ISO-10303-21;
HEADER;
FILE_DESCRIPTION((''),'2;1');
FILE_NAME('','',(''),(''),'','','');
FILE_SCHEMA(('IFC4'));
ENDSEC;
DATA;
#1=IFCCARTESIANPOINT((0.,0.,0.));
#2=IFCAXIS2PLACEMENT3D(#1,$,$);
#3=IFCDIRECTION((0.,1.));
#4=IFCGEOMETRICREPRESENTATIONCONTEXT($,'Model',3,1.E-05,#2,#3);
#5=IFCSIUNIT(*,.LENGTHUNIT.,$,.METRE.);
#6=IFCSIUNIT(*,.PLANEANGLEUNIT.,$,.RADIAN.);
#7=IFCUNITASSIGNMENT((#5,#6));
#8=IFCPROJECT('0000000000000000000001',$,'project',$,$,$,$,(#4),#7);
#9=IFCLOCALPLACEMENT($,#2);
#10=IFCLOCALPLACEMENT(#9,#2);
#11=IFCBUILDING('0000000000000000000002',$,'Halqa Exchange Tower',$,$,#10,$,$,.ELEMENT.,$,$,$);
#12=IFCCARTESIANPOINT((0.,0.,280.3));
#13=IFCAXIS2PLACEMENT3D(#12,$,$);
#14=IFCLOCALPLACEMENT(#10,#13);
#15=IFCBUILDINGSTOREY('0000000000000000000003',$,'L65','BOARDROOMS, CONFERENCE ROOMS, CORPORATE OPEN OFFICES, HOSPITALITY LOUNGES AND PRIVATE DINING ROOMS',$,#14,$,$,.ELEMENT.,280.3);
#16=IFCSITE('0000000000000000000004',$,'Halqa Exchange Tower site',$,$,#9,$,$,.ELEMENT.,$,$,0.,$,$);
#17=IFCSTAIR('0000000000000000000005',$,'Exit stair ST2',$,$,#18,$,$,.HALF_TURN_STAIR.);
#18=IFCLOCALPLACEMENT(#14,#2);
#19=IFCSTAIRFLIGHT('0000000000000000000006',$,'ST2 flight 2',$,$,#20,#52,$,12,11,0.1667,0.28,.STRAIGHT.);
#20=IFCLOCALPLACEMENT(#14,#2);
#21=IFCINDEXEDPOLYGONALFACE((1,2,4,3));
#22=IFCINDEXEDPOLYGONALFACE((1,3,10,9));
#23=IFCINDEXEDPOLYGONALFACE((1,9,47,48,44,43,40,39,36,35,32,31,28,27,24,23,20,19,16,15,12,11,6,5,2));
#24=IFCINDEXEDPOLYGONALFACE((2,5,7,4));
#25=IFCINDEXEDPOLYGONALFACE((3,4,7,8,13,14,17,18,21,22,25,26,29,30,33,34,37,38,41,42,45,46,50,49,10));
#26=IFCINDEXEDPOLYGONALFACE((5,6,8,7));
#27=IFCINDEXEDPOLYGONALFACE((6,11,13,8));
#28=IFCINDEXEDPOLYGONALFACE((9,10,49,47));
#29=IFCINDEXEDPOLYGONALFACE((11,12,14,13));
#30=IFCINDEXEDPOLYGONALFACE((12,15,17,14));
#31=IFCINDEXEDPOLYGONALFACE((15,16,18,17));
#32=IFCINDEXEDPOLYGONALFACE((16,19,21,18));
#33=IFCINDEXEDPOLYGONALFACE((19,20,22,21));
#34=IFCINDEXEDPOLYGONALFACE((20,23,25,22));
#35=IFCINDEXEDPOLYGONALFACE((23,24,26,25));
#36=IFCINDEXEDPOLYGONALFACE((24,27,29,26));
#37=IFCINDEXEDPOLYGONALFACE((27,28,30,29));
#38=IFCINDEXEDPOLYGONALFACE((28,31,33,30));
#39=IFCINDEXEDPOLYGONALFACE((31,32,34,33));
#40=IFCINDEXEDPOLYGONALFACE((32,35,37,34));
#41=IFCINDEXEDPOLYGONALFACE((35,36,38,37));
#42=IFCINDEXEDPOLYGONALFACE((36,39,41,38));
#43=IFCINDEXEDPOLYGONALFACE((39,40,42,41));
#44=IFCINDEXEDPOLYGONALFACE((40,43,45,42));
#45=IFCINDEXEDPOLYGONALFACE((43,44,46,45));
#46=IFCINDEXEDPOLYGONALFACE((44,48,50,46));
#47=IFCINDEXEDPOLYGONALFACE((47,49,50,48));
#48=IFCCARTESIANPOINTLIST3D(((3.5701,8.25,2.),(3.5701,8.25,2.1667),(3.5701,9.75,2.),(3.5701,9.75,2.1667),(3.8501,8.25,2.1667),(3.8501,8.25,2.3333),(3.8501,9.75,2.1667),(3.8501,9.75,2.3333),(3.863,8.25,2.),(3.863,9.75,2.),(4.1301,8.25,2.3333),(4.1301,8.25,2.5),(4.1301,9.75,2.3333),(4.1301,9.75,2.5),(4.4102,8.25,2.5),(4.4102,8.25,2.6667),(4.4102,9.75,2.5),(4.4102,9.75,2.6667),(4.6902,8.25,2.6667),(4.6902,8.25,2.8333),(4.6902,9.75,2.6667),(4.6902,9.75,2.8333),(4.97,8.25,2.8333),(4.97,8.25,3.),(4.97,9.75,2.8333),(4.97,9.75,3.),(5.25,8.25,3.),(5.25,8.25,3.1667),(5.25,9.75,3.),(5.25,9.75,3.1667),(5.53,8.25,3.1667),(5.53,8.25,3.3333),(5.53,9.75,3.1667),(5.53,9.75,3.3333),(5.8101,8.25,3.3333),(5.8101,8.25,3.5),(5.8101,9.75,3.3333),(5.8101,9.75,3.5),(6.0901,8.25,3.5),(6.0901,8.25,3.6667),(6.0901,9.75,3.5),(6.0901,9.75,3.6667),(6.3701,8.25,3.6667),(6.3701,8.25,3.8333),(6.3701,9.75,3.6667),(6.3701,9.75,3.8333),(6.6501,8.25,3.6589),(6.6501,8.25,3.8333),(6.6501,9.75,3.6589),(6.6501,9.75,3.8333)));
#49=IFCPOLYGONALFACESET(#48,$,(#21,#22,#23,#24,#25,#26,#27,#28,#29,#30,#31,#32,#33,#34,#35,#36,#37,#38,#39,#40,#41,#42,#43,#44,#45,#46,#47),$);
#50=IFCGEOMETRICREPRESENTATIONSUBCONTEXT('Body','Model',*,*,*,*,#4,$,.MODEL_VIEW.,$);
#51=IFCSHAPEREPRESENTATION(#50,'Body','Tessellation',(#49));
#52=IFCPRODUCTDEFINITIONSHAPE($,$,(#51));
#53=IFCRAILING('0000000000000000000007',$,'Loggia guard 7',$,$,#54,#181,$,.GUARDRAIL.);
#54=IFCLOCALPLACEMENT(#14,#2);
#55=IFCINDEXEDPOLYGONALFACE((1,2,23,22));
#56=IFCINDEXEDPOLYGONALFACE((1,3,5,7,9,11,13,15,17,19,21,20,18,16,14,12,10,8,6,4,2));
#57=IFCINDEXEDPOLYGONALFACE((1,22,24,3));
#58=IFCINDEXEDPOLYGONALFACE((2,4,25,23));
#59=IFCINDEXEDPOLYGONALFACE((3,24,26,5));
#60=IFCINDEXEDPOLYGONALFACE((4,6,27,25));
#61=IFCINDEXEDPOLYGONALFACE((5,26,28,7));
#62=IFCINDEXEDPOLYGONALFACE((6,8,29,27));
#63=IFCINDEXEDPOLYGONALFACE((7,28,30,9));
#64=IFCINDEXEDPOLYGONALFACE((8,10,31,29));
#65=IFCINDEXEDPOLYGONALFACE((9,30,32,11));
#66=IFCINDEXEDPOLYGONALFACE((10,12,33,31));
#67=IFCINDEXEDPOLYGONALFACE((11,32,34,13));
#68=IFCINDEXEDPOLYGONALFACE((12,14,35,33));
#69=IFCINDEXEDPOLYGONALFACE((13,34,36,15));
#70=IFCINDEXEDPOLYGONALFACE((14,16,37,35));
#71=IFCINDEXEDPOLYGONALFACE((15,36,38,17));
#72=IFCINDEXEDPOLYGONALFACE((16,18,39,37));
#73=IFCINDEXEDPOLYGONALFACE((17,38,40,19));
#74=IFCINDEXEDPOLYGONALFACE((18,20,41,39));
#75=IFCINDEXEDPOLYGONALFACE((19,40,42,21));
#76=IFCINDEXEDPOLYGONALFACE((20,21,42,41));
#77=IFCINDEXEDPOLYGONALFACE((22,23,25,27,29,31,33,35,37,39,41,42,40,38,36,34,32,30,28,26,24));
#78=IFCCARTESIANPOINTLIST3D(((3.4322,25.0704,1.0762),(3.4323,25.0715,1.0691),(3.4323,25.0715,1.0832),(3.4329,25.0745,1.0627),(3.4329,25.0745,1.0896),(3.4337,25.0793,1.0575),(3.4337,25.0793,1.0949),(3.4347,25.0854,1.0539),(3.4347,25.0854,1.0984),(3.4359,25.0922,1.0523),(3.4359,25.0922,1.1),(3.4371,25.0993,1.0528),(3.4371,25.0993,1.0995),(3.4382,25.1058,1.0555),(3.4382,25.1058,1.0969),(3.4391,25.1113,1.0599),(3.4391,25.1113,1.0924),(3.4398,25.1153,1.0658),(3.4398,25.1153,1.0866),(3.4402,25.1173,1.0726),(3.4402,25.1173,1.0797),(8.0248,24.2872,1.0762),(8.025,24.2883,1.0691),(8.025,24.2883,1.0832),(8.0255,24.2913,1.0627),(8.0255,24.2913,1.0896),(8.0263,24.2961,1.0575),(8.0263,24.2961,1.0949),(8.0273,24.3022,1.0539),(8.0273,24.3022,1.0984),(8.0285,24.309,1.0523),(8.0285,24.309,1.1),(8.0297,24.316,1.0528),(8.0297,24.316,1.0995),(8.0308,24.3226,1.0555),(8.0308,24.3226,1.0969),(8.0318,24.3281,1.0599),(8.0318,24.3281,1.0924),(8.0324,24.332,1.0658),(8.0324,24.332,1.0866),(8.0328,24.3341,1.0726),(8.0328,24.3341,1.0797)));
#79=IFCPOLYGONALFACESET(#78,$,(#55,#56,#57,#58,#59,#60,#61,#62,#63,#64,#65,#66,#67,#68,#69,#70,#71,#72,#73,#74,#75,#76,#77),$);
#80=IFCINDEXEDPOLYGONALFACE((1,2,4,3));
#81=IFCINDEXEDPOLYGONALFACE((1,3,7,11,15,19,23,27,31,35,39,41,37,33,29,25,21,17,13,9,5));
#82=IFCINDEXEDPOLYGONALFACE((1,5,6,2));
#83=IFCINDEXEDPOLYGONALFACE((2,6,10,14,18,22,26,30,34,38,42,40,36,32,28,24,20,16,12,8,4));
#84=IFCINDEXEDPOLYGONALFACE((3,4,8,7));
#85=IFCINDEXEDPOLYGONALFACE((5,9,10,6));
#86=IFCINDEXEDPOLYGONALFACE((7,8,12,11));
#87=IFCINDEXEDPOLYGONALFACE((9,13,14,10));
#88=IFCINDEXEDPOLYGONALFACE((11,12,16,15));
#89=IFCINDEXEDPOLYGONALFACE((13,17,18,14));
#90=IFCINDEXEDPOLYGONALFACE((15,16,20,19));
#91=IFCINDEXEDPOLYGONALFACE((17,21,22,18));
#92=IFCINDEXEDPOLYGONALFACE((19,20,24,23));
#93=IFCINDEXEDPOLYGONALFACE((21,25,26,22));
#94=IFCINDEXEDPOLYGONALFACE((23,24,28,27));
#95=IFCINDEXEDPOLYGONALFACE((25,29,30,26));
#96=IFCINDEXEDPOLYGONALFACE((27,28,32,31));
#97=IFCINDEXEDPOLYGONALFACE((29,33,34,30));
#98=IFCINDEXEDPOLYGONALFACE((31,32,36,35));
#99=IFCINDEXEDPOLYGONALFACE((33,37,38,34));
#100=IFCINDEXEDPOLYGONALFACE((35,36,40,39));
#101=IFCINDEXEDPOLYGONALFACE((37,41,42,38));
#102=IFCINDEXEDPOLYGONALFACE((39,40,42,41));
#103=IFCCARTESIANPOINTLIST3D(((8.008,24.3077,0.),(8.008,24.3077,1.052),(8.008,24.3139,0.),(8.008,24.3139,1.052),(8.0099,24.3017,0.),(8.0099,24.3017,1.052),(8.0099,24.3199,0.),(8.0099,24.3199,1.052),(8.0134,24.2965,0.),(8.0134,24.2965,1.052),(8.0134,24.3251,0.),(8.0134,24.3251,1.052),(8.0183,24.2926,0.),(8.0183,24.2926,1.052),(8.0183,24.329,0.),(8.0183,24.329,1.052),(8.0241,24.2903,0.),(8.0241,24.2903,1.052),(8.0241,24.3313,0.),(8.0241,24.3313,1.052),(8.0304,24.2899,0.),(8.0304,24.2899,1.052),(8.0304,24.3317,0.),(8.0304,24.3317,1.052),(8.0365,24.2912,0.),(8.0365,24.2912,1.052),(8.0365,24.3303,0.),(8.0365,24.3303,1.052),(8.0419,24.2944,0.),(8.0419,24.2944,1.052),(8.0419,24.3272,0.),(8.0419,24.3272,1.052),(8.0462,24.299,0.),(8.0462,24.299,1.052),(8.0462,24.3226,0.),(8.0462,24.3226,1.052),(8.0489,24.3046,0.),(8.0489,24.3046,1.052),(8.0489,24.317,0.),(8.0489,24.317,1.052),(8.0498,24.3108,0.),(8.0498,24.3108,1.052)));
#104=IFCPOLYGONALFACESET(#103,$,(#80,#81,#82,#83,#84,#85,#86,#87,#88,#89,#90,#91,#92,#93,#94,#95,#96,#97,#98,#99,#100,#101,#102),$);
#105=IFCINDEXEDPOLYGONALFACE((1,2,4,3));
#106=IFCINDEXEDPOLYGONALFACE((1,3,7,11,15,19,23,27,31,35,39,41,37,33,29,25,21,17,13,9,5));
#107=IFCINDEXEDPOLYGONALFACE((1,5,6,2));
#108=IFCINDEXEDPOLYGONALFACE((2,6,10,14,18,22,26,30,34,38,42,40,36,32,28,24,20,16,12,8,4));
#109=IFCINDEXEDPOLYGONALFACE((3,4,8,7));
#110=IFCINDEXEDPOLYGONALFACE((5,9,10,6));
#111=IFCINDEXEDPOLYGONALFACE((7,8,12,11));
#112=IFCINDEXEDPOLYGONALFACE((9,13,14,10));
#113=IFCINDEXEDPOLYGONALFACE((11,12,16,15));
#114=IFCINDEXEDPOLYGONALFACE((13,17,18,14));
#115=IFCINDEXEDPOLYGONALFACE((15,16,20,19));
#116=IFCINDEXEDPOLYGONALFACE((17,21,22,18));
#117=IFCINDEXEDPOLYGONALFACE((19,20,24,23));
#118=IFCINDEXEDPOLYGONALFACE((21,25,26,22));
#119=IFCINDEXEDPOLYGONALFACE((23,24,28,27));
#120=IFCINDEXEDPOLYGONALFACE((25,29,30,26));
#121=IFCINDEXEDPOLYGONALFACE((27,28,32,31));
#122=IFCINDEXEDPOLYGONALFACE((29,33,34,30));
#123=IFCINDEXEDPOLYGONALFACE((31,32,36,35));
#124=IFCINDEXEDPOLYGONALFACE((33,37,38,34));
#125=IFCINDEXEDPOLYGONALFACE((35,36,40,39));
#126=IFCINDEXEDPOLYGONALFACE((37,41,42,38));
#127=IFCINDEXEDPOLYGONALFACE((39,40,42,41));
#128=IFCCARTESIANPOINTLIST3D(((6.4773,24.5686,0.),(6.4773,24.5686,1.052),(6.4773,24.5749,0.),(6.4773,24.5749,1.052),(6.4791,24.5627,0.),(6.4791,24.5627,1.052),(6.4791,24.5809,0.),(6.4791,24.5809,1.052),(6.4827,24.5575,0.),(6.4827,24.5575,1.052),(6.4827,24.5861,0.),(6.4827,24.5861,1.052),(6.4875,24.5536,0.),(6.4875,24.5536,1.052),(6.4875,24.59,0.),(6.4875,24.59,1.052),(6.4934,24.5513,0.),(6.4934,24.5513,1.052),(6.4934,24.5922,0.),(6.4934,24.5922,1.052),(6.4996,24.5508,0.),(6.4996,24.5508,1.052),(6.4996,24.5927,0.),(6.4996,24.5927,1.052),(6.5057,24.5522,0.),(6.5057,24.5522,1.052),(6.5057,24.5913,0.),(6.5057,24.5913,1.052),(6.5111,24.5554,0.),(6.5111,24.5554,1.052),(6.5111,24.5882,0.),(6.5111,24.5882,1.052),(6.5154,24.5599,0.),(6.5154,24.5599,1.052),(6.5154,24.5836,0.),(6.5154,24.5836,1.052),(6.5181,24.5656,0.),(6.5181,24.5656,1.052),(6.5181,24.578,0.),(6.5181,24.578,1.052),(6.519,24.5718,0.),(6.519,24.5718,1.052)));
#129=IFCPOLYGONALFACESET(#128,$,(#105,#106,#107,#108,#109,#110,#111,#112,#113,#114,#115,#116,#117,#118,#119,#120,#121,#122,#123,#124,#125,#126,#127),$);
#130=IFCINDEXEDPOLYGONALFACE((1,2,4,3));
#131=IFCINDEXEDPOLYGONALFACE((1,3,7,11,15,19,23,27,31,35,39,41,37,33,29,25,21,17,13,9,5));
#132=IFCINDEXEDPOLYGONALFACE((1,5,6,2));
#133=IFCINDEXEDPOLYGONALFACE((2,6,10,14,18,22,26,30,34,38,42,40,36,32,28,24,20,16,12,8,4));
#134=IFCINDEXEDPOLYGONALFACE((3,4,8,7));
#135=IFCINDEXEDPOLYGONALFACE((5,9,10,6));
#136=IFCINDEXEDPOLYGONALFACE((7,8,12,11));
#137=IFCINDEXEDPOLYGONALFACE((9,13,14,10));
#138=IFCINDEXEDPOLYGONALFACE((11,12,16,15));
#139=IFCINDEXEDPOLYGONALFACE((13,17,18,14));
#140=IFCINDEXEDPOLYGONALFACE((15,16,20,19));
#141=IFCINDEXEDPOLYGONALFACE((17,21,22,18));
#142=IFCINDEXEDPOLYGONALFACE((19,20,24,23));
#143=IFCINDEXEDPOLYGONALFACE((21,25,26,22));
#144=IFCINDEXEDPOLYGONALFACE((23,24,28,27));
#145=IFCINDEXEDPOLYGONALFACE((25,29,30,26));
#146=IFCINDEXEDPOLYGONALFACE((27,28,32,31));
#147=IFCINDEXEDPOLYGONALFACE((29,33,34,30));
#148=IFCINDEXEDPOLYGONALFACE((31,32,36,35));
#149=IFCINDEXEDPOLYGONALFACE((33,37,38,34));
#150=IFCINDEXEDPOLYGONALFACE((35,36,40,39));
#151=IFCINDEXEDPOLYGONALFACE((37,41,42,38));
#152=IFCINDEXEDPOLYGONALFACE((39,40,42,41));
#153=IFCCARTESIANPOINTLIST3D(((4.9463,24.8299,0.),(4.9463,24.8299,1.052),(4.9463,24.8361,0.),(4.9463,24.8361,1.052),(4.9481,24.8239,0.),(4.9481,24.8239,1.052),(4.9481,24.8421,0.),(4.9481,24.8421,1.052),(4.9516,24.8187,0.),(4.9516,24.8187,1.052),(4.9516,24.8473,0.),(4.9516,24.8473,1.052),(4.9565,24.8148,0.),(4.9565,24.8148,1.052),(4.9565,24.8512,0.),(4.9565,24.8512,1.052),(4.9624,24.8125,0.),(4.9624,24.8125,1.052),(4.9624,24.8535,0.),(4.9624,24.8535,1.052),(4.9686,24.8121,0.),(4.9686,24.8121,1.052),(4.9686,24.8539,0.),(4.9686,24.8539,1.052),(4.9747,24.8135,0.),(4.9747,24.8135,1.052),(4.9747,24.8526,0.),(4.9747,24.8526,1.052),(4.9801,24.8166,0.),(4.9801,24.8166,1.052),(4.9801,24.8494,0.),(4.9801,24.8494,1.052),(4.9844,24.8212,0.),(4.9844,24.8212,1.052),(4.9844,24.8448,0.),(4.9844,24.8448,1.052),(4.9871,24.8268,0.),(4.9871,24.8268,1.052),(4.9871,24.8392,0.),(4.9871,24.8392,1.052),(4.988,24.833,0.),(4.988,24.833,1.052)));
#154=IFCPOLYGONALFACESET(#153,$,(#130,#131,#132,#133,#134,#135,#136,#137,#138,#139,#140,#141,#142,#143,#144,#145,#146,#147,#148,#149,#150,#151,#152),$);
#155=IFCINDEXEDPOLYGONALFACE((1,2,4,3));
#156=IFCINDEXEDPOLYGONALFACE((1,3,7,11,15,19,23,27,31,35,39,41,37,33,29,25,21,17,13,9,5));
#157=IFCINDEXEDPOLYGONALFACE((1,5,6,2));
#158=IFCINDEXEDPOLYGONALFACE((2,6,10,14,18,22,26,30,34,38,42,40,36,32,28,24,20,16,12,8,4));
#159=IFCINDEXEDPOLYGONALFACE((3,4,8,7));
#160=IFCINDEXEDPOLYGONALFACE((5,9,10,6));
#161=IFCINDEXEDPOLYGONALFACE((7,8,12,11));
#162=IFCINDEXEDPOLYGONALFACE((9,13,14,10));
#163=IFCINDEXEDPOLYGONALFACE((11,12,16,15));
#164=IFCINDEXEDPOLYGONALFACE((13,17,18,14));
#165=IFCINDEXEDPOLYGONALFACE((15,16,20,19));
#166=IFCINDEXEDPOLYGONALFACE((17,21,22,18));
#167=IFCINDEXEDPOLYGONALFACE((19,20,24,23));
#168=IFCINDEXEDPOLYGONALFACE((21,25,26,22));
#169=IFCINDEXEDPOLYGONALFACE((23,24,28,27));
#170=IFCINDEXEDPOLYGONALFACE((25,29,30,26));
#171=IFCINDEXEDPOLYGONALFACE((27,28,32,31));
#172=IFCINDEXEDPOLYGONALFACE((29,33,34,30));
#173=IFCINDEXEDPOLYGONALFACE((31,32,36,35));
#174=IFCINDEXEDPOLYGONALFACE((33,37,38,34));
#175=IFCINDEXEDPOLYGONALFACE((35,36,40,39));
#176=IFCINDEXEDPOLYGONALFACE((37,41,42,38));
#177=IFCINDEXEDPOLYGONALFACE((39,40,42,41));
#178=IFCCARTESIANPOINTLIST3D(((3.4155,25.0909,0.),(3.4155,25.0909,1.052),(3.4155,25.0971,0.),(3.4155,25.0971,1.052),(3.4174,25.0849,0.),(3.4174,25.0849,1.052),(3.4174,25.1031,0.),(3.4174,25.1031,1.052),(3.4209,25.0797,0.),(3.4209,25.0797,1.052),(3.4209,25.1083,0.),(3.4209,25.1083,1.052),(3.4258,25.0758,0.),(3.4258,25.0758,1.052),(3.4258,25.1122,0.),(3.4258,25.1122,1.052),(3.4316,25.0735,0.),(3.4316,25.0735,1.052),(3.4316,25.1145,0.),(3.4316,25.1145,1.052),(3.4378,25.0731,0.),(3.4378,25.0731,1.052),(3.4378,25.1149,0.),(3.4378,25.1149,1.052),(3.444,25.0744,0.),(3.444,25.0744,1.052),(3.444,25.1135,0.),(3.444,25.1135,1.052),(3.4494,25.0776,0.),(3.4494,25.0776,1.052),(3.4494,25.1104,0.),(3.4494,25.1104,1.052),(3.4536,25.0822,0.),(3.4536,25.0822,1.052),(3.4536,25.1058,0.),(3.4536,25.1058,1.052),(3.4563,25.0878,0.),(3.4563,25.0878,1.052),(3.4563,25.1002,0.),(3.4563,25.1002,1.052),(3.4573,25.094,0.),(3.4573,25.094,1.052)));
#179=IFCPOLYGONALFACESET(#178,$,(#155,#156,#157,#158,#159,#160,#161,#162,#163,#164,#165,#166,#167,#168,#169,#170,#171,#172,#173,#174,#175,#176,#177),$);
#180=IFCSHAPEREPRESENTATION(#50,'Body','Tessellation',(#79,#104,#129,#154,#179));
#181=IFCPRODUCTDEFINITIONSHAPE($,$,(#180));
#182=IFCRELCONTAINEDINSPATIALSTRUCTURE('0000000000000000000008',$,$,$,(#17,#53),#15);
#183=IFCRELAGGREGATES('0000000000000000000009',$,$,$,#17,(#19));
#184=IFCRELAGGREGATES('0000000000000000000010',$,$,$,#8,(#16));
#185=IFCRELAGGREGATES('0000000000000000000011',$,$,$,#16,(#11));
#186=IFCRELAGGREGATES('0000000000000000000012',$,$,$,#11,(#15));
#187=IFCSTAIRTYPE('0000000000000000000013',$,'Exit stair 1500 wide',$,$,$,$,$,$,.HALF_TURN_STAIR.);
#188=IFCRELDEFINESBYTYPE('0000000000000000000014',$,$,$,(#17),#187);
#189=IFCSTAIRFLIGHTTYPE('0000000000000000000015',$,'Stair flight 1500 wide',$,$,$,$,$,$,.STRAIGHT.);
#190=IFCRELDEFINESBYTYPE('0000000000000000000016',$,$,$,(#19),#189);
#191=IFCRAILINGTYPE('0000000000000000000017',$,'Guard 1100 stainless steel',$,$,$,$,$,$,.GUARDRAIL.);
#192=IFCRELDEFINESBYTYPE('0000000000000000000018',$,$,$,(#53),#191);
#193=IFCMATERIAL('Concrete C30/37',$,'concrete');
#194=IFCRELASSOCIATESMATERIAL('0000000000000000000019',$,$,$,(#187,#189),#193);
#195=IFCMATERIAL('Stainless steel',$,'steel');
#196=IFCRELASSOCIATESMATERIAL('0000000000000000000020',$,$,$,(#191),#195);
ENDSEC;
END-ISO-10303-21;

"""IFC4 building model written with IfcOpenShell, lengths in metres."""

from ifc_helpers import new_model, si_unit, direction, frame, origin, origin_2d, place, context, subcontext, project, spatial, polyline, circle, outline, extrude, material, type_object, element, aggregate, save


model = new_model("IFC4")

# Units and contexts
model_context = context("Model", 3, precision=1e-05, world=origin(), true_north=direction((0.0, 1.0)))
body_context = subcontext(model_context, "Body", "Model", "MODEL_VIEW")
ifc_project = project(units=[si_unit("LENGTHUNIT", "METRE"), si_unit("PLANEANGLEUNIT", "RADIAN")], contexts=[model_context])

# Site, building, storey
site_placement = place(None, origin())
site = spatial("IfcSite", under=ifc_project, at=site_placement, Name="Halqa Exchange Tower site", CompositionType="ELEMENT", RefElevation=0.0)
building_placement = place(site_placement, origin())
building = spatial("IfcBuilding", under=site, at=building_placement, Name="Halqa Exchange Tower", CompositionType="ELEMENT")
storey_placement = place(building_placement, frame((0.0, 0.0, 280.3)))
storey = spatial("IfcBuildingStorey", under=building, at=storey_placement, Name="L65", Description="BOARDROOMS, CONFERENCE ROOMS, CORPORATE OPEN OFFICES, HOSPITALITY LOUNGES AND PRIVATE DINING ROOMS", CompositionType="ELEMENT", Elevation=280.3)

# Stair
ifc_material_1 = material(Name="Concrete C30/37", Category="concrete")
stair_type = type_object("IfcStairType", Name="Exit stair 1500 wide", PredefinedType="HALF_TURN_STAIR", material=ifc_material_1)
stair_1_placement = place(storey_placement, origin())
stair_1 = element("IfcStair", 1, at=stair_1_placement, inside=storey, type_object=stair_type, Name="Exit stair ST2", PredefinedType="HALF_TURN_STAIR")

# Stair flight
stair_flight_type = type_object("IfcStairFlightType", Name="Stair flight 1500 wide", PredefinedType="STRAIGHT", material=ifc_material_1)
stair_flight_1_placement = place(storey_placement, frame((3.5701, 9.0, 2.0), z_axis=(0.0, 0.0, 1.0), x_axis=(1.0, 0.0, 0.0)))
stair_flight_1 = element("IfcStairFlight", 2, at=stair_flight_1_placement, type_object=stair_flight_type, Name="ST2 flight 2", NumberOfRisers=12, NumberOfTreads=11, PredefinedType="STRAIGHT", RiserHeight=0.1667, TreadLength=0.28, context=body_context, shape_type="SweptSolid", body=[
    extrude(outline(polyline([(0.0, 0.0), (0.0, 0.1667), (0.28, 0.1667), (0.28, 0.3333), (0.5601, 0.3333), (0.5601, 0.5), (0.8401, 0.5), (0.8401, 0.6667), (1.1201, 0.6667), (1.1201, 0.8333), (1.3999, 0.8333), (1.3999, 1.0), (1.6799, 1.0), (1.6799, 1.1667), (1.96, 1.1667), (1.96, 1.3333), (2.24, 1.3333), (2.24, 1.5), (2.52, 1.5), (2.52, 1.6667), (2.8, 1.6667), (2.8, 1.8333), (3.0801, 1.8333), (3.0801, 2.0), (3.0801, 1.6589), (0.293, 0.0), (0.0, 0.0)])), frame((0.0, 0.75, 0.0), z_axis=(0.0, -1.0, 0.0), x_axis=(1.0, 0.0, 0.0)), (0.0, 0.0, 1.0), 1.5),
])
aggregate(stair_1, [stair_flight_1])

# Railing
ifc_material_2 = material(Name="Stainless steel", Category="steel")
railing_type_1 = type_object("IfcRailingType", Name="Guard 1100 stainless steel", PredefinedType="GUARDRAIL", material=ifc_material_2)
railing_1_placement = place(storey_placement, frame((8.0288, 24.3108, 0.0)))
element("IfcRailing", 3, at=railing_1_placement, inside=storey, type_object=railing_type_1, Name="Loggia guard 7", PredefinedType="GUARDRAIL", context=body_context, shape_type="SweptSolid", body=[
    extrude(circle(Radius=0.0239, at=origin_2d()), frame((0.0, 0.0, 1.0762), z_axis=(-0.985768, 0.168111, 0.0), x_axis=(-0.168111, -0.985768, 0.0)), (0.0, 0.0, 1.0), 4.6589),
    extrude(circle(Radius=0.021, at=origin_2d()), origin(), (0.0, 0.0, 1.0), 1.052),
    extrude(circle(Radius=0.021, at=origin_2d()), frame((-1.5308, 0.261, 0.0)), (0.0, 0.0, 1.0), 1.052),
    extrude(circle(Radius=0.021, at=origin_2d()), frame((-3.0618, 0.5222, 0.0)), (0.0, 0.0, 1.0), 1.052),
    extrude(circle(Radius=0.021, at=origin_2d()), frame((-4.5925, 0.7832, 0.0)), (0.0, 0.0, 1.0), 1.052),
])

save(model, "model.ifc")
